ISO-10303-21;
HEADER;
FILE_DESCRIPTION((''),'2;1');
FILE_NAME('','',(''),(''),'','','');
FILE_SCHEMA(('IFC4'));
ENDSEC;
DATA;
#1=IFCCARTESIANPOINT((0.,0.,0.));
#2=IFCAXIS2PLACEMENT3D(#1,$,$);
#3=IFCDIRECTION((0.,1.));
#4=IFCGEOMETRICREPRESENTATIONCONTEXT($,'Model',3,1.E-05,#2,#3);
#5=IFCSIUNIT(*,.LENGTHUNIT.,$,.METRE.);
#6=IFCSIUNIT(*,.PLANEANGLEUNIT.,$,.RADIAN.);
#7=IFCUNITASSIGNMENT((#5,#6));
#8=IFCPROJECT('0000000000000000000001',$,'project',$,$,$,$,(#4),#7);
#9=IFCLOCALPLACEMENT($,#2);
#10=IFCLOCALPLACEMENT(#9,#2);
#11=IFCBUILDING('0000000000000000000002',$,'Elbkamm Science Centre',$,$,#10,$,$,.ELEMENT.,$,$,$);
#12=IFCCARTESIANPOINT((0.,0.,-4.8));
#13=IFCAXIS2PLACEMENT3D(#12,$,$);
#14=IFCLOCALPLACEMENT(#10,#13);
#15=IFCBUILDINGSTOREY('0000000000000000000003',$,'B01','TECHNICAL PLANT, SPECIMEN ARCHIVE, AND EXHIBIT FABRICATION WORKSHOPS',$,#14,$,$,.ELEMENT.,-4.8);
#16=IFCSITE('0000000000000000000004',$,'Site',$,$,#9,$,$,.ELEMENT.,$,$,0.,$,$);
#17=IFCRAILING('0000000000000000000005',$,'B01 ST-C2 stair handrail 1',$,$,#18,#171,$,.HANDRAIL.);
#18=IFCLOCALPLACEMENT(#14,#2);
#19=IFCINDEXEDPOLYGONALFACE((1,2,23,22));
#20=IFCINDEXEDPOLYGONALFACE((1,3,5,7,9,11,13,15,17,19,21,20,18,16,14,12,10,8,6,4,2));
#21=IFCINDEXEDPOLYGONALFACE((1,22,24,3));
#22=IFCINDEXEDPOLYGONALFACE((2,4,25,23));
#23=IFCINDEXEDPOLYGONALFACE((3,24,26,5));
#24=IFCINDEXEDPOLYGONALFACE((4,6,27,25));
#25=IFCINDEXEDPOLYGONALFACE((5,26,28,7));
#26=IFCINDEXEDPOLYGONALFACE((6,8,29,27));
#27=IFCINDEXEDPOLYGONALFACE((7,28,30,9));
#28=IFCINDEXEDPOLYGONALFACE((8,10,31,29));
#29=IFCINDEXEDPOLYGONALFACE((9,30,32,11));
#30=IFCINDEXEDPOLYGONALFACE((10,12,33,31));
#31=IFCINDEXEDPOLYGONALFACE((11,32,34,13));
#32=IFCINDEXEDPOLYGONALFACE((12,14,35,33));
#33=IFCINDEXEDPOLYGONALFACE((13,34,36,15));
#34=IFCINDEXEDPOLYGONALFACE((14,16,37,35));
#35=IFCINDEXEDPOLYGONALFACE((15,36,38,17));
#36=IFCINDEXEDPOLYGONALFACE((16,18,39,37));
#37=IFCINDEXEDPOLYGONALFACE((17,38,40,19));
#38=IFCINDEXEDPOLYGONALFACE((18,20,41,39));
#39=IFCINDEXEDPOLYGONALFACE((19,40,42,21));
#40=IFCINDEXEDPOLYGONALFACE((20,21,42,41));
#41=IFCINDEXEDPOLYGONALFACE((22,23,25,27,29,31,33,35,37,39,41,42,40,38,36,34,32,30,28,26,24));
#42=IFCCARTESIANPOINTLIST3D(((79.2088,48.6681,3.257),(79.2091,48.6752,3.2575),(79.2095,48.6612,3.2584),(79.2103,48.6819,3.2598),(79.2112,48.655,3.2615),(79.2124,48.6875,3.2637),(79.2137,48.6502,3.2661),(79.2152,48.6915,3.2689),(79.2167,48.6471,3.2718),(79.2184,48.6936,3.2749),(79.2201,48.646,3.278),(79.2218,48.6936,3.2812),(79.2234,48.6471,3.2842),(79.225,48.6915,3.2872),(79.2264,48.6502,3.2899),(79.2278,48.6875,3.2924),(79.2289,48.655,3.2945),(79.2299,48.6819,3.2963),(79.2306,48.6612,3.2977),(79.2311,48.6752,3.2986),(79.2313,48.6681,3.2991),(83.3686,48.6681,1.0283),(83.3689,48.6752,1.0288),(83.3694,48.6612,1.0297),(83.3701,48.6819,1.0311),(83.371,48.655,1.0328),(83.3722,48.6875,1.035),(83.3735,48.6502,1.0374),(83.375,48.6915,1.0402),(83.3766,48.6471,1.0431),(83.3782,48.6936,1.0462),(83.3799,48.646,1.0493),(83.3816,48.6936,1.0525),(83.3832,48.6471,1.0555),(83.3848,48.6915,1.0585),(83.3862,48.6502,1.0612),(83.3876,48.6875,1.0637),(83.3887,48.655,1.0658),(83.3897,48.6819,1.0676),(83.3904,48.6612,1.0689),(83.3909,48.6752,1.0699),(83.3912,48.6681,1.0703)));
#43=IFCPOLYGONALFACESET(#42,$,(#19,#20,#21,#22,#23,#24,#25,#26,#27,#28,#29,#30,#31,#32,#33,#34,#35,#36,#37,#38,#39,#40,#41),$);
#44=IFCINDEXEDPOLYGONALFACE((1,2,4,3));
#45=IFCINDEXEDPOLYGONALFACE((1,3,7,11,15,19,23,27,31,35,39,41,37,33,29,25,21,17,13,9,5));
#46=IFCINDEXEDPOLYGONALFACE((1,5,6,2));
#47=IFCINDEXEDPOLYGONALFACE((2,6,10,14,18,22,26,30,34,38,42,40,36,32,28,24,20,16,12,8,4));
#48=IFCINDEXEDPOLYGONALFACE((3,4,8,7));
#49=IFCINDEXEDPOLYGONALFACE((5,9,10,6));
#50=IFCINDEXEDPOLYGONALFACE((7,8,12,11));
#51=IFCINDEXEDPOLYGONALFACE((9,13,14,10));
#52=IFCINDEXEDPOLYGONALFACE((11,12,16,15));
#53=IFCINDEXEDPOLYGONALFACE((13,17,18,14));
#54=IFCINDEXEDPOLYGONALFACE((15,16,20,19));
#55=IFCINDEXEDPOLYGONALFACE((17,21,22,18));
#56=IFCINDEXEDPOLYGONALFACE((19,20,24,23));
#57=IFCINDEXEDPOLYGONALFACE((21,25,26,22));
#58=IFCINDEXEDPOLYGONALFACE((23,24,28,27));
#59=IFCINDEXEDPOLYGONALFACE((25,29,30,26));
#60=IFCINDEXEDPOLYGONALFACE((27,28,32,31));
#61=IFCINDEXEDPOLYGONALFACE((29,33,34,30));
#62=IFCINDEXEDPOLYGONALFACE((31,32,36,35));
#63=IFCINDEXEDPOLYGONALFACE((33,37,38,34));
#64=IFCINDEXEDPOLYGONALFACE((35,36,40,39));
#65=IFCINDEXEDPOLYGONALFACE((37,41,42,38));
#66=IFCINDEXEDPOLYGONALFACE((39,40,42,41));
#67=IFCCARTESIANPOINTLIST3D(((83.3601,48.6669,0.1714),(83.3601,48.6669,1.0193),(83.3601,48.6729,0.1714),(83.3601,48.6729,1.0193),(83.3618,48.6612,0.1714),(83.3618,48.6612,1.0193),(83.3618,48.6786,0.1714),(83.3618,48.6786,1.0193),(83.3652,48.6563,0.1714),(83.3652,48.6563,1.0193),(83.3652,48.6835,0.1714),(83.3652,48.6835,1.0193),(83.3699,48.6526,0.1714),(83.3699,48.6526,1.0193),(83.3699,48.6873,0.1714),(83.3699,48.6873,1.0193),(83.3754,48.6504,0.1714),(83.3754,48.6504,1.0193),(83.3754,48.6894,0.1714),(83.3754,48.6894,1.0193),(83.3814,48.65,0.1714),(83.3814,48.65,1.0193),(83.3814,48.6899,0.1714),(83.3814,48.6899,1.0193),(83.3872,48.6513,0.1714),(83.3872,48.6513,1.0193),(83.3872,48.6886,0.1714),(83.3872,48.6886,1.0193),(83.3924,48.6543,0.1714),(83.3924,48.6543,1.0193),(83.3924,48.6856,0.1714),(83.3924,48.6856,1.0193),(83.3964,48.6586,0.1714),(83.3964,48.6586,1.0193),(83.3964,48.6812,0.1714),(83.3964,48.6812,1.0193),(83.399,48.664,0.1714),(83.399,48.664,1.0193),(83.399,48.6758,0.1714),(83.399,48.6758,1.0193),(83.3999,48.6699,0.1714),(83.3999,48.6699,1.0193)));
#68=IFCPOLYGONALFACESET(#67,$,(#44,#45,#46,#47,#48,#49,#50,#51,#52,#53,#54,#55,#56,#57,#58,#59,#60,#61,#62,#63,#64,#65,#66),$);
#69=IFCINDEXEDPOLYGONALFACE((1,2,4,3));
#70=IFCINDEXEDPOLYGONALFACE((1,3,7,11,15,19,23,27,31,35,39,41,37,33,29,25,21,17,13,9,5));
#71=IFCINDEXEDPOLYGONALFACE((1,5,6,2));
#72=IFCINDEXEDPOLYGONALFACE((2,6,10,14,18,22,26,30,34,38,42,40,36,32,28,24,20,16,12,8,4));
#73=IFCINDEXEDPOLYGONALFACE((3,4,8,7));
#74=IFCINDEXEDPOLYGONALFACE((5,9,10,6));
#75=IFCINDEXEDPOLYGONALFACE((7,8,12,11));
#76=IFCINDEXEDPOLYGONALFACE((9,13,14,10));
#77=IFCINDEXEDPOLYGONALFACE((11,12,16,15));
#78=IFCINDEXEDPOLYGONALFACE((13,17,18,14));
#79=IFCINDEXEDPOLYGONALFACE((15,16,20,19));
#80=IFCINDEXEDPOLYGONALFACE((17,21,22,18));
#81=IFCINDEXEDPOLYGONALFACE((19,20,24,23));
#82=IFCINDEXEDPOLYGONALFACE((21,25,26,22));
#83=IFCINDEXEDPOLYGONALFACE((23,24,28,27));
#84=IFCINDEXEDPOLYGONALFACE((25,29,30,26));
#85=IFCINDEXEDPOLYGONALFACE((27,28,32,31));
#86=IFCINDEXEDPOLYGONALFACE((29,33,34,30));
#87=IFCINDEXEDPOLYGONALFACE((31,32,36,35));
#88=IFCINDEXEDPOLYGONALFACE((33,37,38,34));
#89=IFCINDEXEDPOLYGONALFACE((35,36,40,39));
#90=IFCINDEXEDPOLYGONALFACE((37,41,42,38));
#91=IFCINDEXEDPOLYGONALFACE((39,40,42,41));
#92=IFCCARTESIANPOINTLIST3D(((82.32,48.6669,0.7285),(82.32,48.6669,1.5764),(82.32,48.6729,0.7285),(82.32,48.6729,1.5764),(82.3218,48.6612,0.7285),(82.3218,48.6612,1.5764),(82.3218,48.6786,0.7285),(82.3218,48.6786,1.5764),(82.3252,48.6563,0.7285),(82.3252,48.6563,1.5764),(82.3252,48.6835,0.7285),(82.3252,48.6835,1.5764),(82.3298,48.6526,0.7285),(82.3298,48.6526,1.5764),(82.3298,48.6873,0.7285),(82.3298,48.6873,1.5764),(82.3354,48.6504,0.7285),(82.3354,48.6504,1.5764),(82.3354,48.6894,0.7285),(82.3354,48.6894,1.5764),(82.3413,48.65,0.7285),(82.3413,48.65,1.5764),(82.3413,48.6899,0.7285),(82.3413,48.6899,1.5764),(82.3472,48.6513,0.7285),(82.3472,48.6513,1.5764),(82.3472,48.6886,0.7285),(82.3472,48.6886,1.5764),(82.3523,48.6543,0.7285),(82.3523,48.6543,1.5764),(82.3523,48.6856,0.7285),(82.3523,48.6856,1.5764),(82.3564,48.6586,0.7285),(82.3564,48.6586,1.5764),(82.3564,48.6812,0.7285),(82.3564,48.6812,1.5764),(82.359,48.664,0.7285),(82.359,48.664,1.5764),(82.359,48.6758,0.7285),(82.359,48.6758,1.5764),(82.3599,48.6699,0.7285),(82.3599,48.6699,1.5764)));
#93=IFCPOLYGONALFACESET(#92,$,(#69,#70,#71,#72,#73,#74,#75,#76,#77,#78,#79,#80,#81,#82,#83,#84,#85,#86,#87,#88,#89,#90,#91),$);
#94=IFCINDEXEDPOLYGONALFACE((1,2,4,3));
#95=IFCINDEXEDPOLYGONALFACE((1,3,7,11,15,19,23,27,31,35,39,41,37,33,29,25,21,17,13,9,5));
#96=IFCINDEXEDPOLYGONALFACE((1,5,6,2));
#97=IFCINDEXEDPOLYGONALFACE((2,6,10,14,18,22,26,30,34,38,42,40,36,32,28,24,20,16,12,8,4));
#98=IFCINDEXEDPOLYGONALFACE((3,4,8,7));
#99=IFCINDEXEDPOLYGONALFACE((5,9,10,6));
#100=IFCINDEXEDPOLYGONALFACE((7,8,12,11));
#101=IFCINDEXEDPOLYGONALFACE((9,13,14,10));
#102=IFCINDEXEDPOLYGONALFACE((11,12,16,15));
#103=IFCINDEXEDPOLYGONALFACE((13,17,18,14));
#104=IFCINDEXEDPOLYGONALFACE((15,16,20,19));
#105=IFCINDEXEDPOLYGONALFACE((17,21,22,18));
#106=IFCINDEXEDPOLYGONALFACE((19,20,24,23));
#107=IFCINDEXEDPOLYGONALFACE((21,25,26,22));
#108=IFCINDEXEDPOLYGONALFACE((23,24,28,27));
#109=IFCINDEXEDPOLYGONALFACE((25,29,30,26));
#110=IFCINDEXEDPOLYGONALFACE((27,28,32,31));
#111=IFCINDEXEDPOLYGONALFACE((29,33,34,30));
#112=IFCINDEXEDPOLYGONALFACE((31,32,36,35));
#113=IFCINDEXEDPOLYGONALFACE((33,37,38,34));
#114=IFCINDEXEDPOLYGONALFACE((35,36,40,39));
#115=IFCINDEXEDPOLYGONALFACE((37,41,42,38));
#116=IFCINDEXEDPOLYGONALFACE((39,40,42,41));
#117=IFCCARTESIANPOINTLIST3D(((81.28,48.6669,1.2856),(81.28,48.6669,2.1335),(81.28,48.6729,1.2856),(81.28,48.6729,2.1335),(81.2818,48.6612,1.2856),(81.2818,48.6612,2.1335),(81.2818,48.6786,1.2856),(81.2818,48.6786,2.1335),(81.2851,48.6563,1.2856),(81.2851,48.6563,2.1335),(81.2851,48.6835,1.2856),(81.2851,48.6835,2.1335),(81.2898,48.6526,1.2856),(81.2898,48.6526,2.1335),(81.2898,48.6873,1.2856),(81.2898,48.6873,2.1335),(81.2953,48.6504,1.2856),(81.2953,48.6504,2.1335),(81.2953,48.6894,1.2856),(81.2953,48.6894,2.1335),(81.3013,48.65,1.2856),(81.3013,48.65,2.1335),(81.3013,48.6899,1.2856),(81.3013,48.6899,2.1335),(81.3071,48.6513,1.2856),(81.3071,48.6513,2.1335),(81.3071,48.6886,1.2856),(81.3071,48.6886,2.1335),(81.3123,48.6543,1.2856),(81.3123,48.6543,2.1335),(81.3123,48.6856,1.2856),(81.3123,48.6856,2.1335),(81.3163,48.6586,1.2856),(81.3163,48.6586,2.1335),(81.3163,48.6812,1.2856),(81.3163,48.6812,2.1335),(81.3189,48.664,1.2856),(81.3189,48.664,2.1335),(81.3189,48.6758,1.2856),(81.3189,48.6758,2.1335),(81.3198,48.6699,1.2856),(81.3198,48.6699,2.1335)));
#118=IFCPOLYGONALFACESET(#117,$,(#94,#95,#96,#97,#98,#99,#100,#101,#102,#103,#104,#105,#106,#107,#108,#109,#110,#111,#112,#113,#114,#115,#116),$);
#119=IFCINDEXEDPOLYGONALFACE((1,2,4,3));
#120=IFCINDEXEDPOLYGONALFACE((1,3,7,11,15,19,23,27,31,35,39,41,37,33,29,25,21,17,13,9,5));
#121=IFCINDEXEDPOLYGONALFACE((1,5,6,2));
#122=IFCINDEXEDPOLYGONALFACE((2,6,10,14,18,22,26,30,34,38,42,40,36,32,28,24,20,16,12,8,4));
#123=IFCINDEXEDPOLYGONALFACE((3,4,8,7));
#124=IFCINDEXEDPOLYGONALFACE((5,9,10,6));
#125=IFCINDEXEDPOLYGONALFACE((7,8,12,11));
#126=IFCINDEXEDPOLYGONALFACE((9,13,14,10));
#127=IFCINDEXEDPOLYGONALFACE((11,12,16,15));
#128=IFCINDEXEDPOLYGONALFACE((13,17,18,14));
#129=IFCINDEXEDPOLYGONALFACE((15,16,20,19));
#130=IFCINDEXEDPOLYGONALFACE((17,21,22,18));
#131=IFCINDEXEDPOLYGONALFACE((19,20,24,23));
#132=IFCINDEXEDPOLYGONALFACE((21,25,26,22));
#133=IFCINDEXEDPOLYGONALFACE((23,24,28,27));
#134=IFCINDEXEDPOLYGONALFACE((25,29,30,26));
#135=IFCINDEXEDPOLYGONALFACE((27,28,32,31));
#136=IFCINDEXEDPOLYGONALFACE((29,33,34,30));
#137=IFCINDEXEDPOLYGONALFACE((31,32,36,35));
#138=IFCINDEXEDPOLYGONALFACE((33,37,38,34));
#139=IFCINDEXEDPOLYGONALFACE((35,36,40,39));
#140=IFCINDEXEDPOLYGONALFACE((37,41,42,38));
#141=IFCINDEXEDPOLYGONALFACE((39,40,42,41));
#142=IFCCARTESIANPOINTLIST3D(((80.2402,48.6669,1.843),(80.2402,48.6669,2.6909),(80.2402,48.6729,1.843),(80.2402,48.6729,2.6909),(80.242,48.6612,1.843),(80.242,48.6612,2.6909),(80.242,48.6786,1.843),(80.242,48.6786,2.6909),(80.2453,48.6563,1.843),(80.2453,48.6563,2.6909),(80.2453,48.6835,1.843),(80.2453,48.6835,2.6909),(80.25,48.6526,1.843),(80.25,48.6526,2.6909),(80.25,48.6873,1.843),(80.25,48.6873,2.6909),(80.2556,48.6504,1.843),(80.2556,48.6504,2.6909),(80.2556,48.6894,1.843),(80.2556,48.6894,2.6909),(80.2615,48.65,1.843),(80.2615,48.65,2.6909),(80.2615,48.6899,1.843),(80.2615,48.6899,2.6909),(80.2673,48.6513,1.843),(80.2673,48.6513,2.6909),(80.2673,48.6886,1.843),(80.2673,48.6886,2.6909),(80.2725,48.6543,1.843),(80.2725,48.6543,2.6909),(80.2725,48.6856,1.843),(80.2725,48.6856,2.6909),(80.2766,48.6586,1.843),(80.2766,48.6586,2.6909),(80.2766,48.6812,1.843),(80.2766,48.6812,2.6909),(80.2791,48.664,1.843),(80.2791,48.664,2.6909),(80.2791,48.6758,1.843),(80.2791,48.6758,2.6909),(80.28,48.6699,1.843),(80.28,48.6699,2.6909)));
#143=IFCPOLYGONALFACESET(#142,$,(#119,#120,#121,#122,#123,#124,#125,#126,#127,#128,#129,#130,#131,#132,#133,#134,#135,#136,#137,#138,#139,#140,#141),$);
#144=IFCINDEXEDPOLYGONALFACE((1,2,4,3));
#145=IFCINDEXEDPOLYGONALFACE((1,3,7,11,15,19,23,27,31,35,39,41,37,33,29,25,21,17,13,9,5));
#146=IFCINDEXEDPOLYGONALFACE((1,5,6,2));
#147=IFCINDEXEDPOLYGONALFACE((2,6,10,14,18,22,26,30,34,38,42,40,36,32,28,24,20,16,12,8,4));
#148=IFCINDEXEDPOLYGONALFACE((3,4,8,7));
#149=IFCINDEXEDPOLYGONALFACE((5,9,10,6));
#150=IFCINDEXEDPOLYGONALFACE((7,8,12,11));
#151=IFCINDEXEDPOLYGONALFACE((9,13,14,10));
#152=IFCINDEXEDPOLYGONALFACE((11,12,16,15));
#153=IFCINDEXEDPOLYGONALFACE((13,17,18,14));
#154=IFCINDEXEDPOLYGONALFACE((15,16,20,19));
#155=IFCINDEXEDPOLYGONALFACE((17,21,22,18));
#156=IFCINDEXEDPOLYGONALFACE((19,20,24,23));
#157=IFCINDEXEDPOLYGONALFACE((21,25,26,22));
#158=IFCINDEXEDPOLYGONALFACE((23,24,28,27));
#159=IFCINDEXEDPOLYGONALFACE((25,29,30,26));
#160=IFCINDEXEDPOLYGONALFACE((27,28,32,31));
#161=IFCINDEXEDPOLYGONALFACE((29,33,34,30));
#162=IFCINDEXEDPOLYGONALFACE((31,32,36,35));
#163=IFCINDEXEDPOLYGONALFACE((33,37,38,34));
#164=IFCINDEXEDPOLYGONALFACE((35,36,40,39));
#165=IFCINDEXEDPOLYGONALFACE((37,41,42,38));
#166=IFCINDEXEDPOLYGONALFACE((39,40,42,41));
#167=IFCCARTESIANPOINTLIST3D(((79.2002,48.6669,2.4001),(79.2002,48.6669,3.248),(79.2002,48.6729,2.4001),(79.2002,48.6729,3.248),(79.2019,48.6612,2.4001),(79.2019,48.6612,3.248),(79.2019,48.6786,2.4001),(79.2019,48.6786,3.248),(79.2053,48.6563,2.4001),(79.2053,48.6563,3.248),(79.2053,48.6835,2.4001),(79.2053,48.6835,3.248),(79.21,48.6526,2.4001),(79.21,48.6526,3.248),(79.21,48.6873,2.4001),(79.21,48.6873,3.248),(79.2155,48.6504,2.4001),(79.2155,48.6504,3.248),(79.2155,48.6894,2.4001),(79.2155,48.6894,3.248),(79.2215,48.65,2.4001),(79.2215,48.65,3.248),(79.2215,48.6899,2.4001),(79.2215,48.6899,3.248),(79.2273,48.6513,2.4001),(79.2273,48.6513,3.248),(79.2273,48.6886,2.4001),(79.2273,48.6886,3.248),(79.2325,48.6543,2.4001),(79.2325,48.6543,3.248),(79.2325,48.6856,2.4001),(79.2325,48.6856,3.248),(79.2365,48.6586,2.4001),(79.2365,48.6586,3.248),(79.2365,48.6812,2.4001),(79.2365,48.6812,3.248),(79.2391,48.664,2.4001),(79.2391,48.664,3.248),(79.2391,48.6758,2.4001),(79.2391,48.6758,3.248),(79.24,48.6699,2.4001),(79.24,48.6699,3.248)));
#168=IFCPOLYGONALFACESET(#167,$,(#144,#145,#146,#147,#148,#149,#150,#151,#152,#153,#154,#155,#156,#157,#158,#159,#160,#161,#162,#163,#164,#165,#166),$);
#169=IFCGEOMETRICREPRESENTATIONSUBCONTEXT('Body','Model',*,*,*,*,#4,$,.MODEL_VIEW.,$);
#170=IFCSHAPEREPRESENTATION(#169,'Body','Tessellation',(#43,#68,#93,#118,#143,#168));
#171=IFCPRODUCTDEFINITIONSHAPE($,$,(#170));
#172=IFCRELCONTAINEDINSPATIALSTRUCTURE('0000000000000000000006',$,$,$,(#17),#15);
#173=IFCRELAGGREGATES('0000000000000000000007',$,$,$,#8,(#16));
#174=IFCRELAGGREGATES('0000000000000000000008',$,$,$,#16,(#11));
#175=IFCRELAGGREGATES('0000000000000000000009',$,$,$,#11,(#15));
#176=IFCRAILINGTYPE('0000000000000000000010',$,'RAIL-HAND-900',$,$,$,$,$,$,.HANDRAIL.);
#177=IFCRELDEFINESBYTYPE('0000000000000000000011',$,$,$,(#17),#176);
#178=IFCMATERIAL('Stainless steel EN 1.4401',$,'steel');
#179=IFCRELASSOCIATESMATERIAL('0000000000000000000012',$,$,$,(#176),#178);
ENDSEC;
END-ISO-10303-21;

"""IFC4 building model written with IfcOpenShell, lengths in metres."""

from ifc_helpers import new_model, si_unit, direction, frame, origin, origin_2d, place, context, subcontext, project, spatial, circle, extrude, material, type_object, element, save


model = new_model("IFC4")

# Units and contexts
model_context = context("Model", 3, precision=1e-05, world=origin(), true_north=direction((0.0, 1.0)))
body_context = subcontext(model_context, "Body", "Model", "MODEL_VIEW")
ifc_project = project(units=[si_unit("LENGTHUNIT", "METRE"), si_unit("PLANEANGLEUNIT", "RADIAN")], contexts=[model_context])

# Site, building, storey
site_placement = place(None, origin())
site = spatial("IfcSite", under=ifc_project, at=site_placement, Name="Site", CompositionType="ELEMENT", RefElevation=0.0)
building_placement = place(site_placement, origin())
building = spatial("IfcBuilding", under=site, at=building_placement, Name="Elbkamm Science Centre", CompositionType="ELEMENT")
storey_placement = place(building_placement, frame((0.0, 0.0, -4.8)))
storey = spatial("IfcBuildingStorey", under=building, at=storey_placement, Name="B01", Description="TECHNICAL PLANT, SPECIMEN ARCHIVE, AND EXHIBIT FABRICATION WORKSHOPS", CompositionType="ELEMENT", Elevation=-4.8)

# Railing
ifc_material_1 = material(Name="Stainless steel EN 1.4401", Category="steel")
railing_type_1 = type_object("IfcRailingType", Name="RAIL-HAND-900", PredefinedType="HANDRAIL", material=ifc_material_1)
railing_1_placement = place(storey_placement, frame((83.3799, 48.6699, 0.1714)))
element("IfcRailing", 1, at=railing_1_placement, inside=storey, type_object=railing_type_1, Name="B01 ST-C2 stair handrail 1", PredefinedType="HANDRAIL", context=body_context, shape_type="SweptSolid", body=[
    extrude(circle(Radius=0.0239, at=origin_2d()), frame((0.0, 0.0, 0.8779), z_axis=(-0.881459, 0.0, 0.47226), x_axis=(0.0, -1.0, 0.0)), (0.0, 0.0, 1.0), 4.7192),
    extrude(circle(Radius=0.02, at=origin_2d()), origin(), (0.0, 0.0, 1.0), 0.8479),
    extrude(circle(Radius=0.02, at=origin_2d()), frame((-1.04, 0.0, 0.5571)), (0.0, 0.0, 1.0), 0.8479),
    extrude(circle(Radius=0.02, at=origin_2d()), frame((-2.0801, 0.0, 1.1143)), (0.0, 0.0, 1.0), 0.8479),
    extrude(circle(Radius=0.02, at=origin_2d()), frame((-3.1199, 0.0, 1.6716)), (0.0, 0.0, 1.0), 0.8479),
    extrude(circle(Radius=0.02, at=origin_2d()), frame((-4.1599, 0.0, 2.2288)), (0.0, 0.0, 1.0), 0.8479),
])

save(model, "model.ifc")
